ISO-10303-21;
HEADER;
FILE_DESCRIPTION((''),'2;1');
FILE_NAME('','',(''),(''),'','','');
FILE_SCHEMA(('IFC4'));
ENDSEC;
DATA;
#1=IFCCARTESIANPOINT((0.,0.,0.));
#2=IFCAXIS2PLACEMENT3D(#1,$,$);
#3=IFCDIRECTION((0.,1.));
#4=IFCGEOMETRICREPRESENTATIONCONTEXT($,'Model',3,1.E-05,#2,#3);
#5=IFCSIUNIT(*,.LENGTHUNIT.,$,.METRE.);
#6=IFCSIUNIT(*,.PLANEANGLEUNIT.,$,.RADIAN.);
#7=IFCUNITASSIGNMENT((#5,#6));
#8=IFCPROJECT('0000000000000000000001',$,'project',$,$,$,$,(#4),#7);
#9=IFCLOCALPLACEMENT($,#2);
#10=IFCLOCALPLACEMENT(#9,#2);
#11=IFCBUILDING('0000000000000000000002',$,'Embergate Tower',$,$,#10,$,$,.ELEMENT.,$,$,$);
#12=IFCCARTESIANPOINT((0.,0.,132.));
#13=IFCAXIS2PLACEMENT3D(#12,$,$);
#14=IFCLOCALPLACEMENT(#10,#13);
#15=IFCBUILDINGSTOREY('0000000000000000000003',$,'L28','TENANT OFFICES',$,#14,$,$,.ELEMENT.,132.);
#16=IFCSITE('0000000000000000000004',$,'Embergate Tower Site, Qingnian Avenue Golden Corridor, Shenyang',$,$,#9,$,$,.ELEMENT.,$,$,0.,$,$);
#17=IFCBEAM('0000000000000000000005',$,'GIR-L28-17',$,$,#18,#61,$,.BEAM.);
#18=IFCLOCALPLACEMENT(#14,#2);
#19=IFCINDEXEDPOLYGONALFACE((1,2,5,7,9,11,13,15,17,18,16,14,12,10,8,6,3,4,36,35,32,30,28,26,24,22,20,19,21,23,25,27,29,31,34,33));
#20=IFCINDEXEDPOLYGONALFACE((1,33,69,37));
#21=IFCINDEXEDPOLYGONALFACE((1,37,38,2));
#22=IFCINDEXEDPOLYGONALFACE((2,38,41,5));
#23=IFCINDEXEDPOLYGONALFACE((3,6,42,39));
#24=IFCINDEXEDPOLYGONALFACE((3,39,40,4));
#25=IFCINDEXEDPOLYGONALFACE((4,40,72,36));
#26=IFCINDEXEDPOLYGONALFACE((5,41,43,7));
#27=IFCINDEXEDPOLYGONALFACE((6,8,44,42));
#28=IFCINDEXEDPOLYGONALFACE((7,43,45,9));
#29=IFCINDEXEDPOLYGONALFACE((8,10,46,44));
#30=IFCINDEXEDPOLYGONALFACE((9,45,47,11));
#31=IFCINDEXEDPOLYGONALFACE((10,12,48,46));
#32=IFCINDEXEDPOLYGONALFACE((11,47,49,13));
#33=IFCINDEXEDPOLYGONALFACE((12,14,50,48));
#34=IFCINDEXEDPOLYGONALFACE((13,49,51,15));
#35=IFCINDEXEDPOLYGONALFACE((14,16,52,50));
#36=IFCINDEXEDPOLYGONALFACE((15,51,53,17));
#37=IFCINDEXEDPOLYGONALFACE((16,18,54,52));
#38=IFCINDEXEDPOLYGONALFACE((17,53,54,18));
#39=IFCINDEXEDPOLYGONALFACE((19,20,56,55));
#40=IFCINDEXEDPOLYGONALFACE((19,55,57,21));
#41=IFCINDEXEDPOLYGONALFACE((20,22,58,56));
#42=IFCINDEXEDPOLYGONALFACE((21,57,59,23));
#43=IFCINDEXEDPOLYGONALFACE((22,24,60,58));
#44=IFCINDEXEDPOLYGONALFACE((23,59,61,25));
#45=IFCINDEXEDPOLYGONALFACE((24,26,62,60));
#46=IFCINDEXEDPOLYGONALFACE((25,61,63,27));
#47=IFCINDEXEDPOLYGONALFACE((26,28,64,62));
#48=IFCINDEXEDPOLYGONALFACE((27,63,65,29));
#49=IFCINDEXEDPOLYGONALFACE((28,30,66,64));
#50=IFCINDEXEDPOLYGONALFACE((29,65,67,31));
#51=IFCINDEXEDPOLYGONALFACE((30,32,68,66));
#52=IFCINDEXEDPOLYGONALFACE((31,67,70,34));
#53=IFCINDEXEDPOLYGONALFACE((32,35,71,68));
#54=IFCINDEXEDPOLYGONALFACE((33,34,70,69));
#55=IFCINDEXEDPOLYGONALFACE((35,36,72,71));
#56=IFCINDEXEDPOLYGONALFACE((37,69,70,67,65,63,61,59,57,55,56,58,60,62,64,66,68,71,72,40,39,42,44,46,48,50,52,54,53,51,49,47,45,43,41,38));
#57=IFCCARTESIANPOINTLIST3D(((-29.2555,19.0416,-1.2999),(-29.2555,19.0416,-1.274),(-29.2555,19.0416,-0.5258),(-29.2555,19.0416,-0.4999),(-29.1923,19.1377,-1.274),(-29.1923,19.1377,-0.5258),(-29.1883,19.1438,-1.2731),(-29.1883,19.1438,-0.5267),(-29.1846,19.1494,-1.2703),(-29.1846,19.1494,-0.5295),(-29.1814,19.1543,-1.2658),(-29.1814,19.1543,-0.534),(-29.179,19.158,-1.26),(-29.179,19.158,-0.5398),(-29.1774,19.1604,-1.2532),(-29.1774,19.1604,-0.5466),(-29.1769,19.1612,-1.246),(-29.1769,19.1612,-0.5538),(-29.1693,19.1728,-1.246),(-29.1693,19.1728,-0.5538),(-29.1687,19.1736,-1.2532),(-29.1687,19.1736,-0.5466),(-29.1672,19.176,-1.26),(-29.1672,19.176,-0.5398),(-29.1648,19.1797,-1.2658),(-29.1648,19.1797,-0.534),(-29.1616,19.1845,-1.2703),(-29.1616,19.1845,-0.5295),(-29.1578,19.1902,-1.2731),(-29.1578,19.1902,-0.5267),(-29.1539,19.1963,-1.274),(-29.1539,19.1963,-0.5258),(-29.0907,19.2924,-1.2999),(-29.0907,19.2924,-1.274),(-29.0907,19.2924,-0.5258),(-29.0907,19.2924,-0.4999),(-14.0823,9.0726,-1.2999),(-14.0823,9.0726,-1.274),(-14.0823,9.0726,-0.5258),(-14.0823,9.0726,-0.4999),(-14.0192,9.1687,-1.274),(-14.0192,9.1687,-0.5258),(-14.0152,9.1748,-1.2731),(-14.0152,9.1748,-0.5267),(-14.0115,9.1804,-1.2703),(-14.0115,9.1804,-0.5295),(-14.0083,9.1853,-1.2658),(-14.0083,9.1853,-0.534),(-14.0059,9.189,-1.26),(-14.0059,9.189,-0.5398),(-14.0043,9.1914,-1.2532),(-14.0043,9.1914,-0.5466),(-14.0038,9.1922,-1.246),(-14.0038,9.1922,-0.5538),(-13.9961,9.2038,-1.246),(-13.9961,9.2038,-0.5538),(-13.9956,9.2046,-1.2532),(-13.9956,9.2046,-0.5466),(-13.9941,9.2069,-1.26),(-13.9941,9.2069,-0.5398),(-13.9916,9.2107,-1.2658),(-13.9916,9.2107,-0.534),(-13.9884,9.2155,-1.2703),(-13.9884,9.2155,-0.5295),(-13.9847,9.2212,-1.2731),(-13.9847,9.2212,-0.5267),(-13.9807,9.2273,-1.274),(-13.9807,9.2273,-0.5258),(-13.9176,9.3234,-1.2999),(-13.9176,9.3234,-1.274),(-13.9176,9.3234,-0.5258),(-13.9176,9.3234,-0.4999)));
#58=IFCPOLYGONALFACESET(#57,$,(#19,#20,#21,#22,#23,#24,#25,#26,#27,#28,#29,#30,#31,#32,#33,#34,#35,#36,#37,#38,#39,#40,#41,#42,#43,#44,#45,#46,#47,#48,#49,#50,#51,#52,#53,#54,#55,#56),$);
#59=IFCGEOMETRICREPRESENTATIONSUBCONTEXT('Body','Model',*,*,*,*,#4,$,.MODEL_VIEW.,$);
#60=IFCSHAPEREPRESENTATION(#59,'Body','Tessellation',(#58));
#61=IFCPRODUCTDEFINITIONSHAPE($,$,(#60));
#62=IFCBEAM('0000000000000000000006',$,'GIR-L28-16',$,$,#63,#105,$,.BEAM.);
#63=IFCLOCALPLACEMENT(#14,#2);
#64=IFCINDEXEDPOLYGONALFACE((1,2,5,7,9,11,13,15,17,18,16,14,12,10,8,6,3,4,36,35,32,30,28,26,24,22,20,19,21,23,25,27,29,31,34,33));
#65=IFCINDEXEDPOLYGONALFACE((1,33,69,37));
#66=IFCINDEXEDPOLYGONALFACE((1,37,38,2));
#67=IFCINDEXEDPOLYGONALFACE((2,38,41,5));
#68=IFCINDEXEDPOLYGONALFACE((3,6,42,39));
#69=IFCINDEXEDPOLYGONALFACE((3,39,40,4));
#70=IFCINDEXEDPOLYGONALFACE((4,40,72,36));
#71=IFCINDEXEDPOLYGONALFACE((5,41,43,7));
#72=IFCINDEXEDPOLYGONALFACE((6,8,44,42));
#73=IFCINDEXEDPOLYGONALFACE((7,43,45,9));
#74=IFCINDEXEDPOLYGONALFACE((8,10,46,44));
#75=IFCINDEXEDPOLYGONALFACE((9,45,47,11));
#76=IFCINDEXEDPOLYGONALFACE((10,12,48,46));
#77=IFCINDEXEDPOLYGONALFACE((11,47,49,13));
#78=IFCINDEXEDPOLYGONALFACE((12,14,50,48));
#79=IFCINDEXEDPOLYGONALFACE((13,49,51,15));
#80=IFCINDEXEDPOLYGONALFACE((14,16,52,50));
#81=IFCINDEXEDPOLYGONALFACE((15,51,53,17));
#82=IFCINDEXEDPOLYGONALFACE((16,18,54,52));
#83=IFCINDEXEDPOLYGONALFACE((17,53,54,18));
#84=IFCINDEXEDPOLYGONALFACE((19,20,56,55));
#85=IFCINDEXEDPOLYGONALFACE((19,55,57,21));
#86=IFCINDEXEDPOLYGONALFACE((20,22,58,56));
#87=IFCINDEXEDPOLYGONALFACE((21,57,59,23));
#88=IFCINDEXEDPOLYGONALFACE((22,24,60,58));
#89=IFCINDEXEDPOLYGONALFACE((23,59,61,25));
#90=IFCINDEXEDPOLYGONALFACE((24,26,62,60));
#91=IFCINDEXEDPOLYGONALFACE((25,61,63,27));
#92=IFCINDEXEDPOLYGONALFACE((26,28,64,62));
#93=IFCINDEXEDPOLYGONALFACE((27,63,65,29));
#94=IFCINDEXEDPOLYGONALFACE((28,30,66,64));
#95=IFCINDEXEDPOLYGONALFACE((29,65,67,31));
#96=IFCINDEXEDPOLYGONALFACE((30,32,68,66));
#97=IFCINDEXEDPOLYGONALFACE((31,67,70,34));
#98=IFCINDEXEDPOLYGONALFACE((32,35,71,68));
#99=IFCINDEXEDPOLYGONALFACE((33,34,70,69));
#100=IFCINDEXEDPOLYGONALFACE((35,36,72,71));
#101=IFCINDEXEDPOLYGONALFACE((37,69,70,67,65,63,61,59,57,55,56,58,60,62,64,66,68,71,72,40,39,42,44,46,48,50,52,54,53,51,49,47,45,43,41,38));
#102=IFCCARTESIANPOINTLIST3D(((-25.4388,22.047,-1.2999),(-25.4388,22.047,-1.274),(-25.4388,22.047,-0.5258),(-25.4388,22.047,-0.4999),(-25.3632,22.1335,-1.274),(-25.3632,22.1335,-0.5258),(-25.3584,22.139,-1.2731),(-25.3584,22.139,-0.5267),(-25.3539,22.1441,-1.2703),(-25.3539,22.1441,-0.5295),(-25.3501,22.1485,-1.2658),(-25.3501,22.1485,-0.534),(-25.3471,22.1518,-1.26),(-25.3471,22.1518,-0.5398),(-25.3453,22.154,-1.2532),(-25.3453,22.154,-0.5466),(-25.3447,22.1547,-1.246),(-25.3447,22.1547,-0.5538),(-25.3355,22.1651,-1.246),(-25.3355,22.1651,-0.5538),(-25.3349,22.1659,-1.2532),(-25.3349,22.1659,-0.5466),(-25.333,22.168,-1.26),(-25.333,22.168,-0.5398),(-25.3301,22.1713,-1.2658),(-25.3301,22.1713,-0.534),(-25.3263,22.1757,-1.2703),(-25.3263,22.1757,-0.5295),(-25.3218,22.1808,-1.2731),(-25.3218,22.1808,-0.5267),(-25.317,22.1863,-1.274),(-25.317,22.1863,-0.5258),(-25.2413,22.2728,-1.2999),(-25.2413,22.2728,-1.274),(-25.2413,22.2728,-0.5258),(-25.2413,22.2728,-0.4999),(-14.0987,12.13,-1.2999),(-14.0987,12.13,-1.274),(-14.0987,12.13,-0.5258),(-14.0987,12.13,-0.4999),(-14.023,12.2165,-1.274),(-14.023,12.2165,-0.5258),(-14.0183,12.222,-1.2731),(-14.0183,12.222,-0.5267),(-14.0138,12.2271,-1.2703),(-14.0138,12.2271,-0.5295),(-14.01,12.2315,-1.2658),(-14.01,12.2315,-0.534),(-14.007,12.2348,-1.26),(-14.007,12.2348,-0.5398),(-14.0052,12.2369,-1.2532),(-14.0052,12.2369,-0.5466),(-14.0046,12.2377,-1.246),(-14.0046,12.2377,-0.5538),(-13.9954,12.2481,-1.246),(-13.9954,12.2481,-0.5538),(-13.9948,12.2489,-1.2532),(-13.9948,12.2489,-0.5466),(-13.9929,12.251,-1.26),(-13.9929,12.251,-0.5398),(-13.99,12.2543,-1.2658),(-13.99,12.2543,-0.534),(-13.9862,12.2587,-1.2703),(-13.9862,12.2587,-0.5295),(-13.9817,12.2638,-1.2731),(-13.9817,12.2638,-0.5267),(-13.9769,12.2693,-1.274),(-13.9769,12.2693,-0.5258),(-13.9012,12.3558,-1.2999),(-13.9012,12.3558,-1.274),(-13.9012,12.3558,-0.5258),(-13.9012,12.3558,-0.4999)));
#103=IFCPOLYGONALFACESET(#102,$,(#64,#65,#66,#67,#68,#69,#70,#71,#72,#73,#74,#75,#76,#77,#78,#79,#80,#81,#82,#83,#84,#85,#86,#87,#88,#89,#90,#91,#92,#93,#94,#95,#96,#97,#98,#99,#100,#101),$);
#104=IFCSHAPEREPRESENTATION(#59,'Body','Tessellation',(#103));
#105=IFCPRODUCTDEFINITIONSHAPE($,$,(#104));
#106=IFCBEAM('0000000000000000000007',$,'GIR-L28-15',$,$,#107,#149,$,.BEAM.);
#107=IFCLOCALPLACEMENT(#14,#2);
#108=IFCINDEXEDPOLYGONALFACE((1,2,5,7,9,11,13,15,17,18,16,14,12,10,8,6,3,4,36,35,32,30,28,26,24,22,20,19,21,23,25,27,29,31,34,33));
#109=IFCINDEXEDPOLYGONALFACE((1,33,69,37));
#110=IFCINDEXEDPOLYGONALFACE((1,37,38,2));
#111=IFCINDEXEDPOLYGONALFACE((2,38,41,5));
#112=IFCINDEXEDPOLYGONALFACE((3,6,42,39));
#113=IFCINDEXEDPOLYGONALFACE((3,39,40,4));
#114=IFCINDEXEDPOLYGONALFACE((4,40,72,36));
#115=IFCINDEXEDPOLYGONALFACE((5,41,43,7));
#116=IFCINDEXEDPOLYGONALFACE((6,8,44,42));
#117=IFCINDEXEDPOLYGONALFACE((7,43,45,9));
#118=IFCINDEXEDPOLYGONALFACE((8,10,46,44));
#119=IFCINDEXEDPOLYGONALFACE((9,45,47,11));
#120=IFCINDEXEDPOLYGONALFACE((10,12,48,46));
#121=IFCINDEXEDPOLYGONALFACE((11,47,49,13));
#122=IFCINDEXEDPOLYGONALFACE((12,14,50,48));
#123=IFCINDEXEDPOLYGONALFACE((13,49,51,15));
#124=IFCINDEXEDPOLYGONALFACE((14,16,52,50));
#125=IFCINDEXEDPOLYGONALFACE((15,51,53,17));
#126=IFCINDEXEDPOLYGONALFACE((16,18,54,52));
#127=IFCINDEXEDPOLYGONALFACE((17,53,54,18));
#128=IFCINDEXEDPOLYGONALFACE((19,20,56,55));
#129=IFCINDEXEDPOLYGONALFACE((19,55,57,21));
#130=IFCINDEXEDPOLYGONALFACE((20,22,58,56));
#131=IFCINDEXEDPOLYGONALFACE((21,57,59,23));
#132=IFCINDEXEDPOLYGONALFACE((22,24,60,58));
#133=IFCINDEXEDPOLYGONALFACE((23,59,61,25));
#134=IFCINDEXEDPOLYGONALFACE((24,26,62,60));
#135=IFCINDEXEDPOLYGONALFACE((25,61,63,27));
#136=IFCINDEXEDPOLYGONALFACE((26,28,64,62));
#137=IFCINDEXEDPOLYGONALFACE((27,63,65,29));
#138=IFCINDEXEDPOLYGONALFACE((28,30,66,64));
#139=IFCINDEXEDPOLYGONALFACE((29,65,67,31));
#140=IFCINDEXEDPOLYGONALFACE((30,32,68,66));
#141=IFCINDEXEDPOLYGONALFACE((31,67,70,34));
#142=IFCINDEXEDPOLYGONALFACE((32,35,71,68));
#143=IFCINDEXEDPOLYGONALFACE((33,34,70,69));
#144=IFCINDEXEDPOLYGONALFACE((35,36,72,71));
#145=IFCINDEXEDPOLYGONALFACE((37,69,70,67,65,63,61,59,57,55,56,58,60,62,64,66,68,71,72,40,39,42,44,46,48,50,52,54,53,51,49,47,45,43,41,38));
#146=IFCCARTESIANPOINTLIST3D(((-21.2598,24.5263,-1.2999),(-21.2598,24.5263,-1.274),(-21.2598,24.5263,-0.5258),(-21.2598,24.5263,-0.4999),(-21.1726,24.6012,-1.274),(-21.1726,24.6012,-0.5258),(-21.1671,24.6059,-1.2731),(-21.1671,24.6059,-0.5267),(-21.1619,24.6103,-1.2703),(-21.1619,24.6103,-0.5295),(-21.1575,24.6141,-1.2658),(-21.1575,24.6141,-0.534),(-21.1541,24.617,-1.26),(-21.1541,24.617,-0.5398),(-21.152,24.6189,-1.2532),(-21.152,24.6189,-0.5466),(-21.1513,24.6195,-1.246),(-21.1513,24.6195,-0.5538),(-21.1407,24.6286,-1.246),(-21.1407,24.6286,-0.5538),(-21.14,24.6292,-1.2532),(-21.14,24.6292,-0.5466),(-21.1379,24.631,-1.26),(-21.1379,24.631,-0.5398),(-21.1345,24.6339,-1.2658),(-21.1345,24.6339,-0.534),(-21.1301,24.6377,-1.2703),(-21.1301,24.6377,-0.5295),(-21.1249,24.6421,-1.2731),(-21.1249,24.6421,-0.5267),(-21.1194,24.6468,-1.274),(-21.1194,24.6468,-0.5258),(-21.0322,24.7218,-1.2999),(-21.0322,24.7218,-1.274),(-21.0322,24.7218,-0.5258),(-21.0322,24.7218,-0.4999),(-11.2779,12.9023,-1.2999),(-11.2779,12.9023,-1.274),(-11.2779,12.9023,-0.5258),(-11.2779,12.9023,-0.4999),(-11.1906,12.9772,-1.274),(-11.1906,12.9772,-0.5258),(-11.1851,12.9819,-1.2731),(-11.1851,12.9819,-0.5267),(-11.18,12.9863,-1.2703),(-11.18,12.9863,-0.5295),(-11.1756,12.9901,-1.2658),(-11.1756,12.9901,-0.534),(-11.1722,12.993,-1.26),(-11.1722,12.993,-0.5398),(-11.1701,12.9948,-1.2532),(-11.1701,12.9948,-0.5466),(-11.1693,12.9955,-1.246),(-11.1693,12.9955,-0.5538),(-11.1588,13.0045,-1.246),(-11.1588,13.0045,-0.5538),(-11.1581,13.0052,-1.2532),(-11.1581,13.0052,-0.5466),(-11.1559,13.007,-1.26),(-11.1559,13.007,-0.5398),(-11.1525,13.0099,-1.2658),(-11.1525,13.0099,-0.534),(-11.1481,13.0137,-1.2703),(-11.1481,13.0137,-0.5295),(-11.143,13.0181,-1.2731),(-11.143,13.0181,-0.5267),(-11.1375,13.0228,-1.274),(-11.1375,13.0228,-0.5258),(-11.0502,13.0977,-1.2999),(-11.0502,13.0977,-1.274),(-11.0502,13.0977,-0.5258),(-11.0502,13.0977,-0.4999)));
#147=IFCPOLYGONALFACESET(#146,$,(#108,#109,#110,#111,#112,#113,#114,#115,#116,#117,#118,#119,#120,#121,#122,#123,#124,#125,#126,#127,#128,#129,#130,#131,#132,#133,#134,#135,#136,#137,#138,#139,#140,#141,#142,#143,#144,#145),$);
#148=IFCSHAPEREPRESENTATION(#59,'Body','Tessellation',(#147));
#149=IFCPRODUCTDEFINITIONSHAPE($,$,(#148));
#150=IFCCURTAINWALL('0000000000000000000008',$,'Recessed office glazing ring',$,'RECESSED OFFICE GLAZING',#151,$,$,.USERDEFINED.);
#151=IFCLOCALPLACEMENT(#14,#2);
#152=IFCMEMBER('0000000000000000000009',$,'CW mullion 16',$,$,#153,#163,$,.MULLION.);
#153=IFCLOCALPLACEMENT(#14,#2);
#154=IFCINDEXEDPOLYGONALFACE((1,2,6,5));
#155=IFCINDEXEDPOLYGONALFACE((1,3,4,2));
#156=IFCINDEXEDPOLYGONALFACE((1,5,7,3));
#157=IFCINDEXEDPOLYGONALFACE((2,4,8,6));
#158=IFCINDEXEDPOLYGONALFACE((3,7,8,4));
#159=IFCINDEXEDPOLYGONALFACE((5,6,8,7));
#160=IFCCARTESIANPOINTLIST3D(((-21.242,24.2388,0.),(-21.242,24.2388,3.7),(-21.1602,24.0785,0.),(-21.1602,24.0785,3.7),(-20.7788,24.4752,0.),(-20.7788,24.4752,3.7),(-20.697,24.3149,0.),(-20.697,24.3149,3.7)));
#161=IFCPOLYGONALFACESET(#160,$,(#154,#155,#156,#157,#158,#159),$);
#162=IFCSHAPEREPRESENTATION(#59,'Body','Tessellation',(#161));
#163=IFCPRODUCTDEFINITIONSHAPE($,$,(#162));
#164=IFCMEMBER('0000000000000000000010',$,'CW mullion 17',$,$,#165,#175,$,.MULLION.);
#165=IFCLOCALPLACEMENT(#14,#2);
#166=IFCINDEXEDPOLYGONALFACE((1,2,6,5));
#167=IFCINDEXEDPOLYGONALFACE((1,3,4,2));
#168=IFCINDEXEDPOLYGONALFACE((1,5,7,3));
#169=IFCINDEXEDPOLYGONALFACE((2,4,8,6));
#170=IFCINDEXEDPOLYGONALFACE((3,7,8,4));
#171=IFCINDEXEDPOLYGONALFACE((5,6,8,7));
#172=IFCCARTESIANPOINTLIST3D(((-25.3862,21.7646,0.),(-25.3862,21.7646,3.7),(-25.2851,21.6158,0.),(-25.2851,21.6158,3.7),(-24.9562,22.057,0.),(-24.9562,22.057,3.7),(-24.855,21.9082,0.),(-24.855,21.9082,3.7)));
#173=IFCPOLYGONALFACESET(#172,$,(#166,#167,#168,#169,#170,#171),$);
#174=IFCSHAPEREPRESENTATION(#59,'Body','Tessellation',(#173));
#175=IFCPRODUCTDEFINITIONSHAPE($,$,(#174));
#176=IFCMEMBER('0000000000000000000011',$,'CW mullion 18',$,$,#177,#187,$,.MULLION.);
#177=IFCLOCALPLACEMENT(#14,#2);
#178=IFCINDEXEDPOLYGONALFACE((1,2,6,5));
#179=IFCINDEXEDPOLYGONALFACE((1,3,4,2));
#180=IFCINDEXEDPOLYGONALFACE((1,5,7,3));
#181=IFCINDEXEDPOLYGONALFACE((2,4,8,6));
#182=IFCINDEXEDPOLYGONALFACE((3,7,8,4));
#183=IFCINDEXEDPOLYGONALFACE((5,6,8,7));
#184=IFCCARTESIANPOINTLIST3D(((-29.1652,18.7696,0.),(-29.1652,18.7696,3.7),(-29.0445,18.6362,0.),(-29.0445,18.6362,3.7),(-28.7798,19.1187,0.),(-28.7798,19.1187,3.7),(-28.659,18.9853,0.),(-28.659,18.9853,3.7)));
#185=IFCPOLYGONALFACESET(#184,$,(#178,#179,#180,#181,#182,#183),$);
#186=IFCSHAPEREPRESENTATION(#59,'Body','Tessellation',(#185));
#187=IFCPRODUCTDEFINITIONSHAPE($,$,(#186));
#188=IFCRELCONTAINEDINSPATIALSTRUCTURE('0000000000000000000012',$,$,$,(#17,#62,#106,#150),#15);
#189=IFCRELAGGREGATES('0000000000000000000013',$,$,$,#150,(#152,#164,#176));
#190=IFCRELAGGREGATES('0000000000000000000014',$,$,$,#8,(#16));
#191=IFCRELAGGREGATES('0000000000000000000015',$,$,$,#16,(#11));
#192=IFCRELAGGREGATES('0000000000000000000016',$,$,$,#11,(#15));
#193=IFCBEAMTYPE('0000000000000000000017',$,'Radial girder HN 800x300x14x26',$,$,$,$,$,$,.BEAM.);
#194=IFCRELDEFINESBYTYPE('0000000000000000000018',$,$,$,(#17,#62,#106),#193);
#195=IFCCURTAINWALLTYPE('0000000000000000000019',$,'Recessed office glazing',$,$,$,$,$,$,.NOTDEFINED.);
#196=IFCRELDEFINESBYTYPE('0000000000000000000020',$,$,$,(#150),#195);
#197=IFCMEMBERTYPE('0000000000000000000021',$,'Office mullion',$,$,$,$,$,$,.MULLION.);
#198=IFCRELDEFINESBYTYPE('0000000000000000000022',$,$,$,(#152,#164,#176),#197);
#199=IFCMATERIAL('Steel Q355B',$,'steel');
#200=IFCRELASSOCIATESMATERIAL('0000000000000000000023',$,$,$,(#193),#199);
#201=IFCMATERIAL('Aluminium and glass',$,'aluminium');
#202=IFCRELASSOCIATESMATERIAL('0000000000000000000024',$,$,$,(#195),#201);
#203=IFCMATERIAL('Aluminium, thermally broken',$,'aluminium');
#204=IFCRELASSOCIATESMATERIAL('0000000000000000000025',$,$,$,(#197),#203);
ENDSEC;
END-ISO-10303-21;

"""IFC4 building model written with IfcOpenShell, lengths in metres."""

from ifc_helpers import new_model, si_unit, direction, frame, origin, origin_2d, place, context, subcontext, project, spatial, rectangle, i_section, extrude, source, transform, mapped, material, material_profile, profile_set, type_object, element, aggregate, save


model = new_model("IFC4")

# Units and contexts
model_context = context("Model", 3, precision=1e-05, world=origin(), true_north=direction((0.0, 1.0)))
body_context = subcontext(model_context, "Body", "Model", "MODEL_VIEW")
ifc_project = project(units=[si_unit("LENGTHUNIT", "METRE"), si_unit("PLANEANGLEUNIT", "RADIAN")], contexts=[model_context])

# Site, building, storey
site_placement = place(None, origin())
site = spatial("IfcSite", under=ifc_project, at=site_placement, Name="Embergate Tower Site, Qingnian Avenue Golden Corridor, Shenyang", CompositionType="ELEMENT", RefElevation=0.0)
building_placement = place(site_placement, origin())
building = spatial("IfcBuilding", under=site, at=building_placement, Name="Embergate Tower", CompositionType="ELEMENT")
storey_placement = place(building_placement, frame((0.0, 0.0, 132.0)))
storey = spatial("IfcBuildingStorey", under=building, at=storey_placement, Name="L28", Description="TENANT OFFICES", CompositionType="ELEMENT", Elevation=132.0)

# Beams
ifc_material_1 = material(Name="Steel Q355B", Category="steel")
ifc_material_profile_1 = material_profile(ifc_material_1, i_section(OverallWidth=0.3, OverallDepth=0.8, WebThickness=0.0139, FlangeThickness=0.0259, FilletRadius=0.0281, at=origin_2d()), Name="HN 800x300x14x26")
ifc_profile_set_1 = profile_set([ifc_material_profile_1], Name="Steel Q355 grade B")
beam_type_1 = type_object("IfcBeamType", Name="Radial girder HN 800x300x14x26", PredefinedType="BEAM", material=ifc_profile_set_1)
shared_shape_1 = source(origin(), body_context, "Body", "SweptSolid", [
    extrude(i_section(OverallWidth=0.3, OverallDepth=0.8, WebThickness=0.0139, FlangeThickness=0.0259, FilletRadius=0.0281, at=origin_2d()), origin(), (0.0, 0.0, 1.0), 18.155),
])
beam_1_placement = place(storey_placement, frame((-29.1731, 19.167, -0.8999), z_axis=(0.835753, -0.549105, 0.0), x_axis=(0.549105, 0.835753, 0.0)))
element("IfcBeam", 1, at=beam_1_placement, inside=storey, type_object=beam_type_1, Name="GIR-L28-17", PredefinedType="BEAM", context=body_context, shape_type="MappedRepresentation", body=[
    mapped(shared_shape_1, transform((0.0, 0.0, 0.0))),
])
shared_shape_2 = source(origin(), body_context, "Body", "SweptSolid", [
    extrude(i_section(OverallWidth=0.3, OverallDepth=0.8, WebThickness=0.0139, FlangeThickness=0.0259, FilletRadius=0.0281, at=origin_2d()), origin(), (0.0, 0.0, 1.0), 15.0647),
])
beam_2_placement = place(storey_placement, frame((-25.3401, 22.1599, -0.8999), z_axis=(0.75276, -0.658295, 0.0), x_axis=(0.658295, 0.75276, 0.0)))
element("IfcBeam", 2, at=beam_2_placement, inside=storey, type_object=beam_type_1, Name="GIR-L28-16", PredefinedType="BEAM", context=body_context, shape_type="MappedRepresentation", body=[
    mapped(shared_shape_2, transform((0.0, 0.0, 0.0))),
])
shared_shape_3 = source(origin(), body_context, "Body", "SweptSolid", [
    extrude(i_section(OverallWidth=0.3, OverallDepth=0.8, WebThickness=0.0139, FlangeThickness=0.0259, FilletRadius=0.0281, at=origin_2d()), origin(), (0.0, 0.0, 1.0), 15.3218),
])
beam_3_placement = place(storey_placement, frame((-21.146, 24.624, -0.8999), z_axis=(0.651487, -0.75866, 0.0), x_axis=(0.75866, 0.651487, 0.0)))
element("IfcBeam", 3, at=beam_3_placement, inside=storey, type_object=beam_type_1, Name="GIR-L28-15", PredefinedType="BEAM", context=body_context, shape_type="MappedRepresentation", body=[
    mapped(shared_shape_3, transform((0.0, 0.0, 0.0))),
])

# Curtain wall, members
ifc_material_2 = material(Name="Aluminium and glass", Category="aluminium")
curtain_wall_type = type_object("IfcCurtainWallType", Name="Recessed office glazing", PredefinedType="NOTDEFINED", material=ifc_material_2)
curtain_wall_placement = place(storey_placement, origin())
curtain_wall = element("IfcCurtainWall", 4, at=curtain_wall_placement, inside=storey, type_object=curtain_wall_type, Name="Recessed office glazing ring", ObjectType="RECESSED OFFICE GLAZING", PredefinedType="USERDEFINED")
ifc_material_3 = material(Name="Aluminium, thermally broken", Category="aluminium")
ifc_material_profile_2 = material_profile(ifc_material_3, rectangle(XDim=0.1799, YDim=0.52, at=origin_2d()), Name="AL 520x180")
ifc_profile_set_2 = profile_set([ifc_material_profile_2], Name="Aluminium, thermally broken")
member_type_1 = type_object("IfcMemberType", Name="Office mullion", PredefinedType="MULLION", material=ifc_profile_set_2)
shared_shape_4 = source(origin(), body_context, "Body", "SweptSolid", [
    extrude(rectangle(XDim=0.1799, YDim=0.52, at=origin_2d()), origin(), (0.0, 0.0, 1.0), 3.7),
])
member_1_placement = place(storey_placement, frame((-20.9695, 24.2769, 0.0), z_axis=(0.0, 0.0, 1.0), x_axis=(0.454508, -0.890743, 0.0)))
member_1 = element("IfcMember", 5, at=member_1_placement, type_object=member_type_1, Name="CW mullion 16", PredefinedType="MULLION", context=body_context, shape_type="MappedRepresentation", body=[
    mapped(shared_shape_4, transform((0.0, 0.0, 0.0))),
])
member_2_placement = place(storey_placement, frame((-25.1206, 21.8364, 0.0), z_axis=(0.0, 0.0, 1.0), x_axis=(0.562215, -0.826991, 0.0)))
member_2 = element("IfcMember", 6, at=member_2_placement, type_object=member_type_1, Name="CW mullion 17", PredefinedType="MULLION", context=body_context, shape_type="MappedRepresentation", body=[
    mapped(shared_shape_4, transform((0.0, 0.0, 0.0))),
])
member_3_placement = place(storey_placement, frame((-28.9121, 18.8774, 0.0), z_axis=(0.0, 0.0, 1.0), x_axis=(0.671225, -0.741253, 0.0)))
member_3 = element("IfcMember", 7, at=member_3_placement, type_object=member_type_1, Name="CW mullion 18", PredefinedType="MULLION", context=body_context, shape_type="MappedRepresentation", body=[
    mapped(shared_shape_4, transform((0.0, 0.0, 0.0))),
])
aggregate(curtain_wall, [member_1, member_2, member_3])

save(model, "model.ifc")
